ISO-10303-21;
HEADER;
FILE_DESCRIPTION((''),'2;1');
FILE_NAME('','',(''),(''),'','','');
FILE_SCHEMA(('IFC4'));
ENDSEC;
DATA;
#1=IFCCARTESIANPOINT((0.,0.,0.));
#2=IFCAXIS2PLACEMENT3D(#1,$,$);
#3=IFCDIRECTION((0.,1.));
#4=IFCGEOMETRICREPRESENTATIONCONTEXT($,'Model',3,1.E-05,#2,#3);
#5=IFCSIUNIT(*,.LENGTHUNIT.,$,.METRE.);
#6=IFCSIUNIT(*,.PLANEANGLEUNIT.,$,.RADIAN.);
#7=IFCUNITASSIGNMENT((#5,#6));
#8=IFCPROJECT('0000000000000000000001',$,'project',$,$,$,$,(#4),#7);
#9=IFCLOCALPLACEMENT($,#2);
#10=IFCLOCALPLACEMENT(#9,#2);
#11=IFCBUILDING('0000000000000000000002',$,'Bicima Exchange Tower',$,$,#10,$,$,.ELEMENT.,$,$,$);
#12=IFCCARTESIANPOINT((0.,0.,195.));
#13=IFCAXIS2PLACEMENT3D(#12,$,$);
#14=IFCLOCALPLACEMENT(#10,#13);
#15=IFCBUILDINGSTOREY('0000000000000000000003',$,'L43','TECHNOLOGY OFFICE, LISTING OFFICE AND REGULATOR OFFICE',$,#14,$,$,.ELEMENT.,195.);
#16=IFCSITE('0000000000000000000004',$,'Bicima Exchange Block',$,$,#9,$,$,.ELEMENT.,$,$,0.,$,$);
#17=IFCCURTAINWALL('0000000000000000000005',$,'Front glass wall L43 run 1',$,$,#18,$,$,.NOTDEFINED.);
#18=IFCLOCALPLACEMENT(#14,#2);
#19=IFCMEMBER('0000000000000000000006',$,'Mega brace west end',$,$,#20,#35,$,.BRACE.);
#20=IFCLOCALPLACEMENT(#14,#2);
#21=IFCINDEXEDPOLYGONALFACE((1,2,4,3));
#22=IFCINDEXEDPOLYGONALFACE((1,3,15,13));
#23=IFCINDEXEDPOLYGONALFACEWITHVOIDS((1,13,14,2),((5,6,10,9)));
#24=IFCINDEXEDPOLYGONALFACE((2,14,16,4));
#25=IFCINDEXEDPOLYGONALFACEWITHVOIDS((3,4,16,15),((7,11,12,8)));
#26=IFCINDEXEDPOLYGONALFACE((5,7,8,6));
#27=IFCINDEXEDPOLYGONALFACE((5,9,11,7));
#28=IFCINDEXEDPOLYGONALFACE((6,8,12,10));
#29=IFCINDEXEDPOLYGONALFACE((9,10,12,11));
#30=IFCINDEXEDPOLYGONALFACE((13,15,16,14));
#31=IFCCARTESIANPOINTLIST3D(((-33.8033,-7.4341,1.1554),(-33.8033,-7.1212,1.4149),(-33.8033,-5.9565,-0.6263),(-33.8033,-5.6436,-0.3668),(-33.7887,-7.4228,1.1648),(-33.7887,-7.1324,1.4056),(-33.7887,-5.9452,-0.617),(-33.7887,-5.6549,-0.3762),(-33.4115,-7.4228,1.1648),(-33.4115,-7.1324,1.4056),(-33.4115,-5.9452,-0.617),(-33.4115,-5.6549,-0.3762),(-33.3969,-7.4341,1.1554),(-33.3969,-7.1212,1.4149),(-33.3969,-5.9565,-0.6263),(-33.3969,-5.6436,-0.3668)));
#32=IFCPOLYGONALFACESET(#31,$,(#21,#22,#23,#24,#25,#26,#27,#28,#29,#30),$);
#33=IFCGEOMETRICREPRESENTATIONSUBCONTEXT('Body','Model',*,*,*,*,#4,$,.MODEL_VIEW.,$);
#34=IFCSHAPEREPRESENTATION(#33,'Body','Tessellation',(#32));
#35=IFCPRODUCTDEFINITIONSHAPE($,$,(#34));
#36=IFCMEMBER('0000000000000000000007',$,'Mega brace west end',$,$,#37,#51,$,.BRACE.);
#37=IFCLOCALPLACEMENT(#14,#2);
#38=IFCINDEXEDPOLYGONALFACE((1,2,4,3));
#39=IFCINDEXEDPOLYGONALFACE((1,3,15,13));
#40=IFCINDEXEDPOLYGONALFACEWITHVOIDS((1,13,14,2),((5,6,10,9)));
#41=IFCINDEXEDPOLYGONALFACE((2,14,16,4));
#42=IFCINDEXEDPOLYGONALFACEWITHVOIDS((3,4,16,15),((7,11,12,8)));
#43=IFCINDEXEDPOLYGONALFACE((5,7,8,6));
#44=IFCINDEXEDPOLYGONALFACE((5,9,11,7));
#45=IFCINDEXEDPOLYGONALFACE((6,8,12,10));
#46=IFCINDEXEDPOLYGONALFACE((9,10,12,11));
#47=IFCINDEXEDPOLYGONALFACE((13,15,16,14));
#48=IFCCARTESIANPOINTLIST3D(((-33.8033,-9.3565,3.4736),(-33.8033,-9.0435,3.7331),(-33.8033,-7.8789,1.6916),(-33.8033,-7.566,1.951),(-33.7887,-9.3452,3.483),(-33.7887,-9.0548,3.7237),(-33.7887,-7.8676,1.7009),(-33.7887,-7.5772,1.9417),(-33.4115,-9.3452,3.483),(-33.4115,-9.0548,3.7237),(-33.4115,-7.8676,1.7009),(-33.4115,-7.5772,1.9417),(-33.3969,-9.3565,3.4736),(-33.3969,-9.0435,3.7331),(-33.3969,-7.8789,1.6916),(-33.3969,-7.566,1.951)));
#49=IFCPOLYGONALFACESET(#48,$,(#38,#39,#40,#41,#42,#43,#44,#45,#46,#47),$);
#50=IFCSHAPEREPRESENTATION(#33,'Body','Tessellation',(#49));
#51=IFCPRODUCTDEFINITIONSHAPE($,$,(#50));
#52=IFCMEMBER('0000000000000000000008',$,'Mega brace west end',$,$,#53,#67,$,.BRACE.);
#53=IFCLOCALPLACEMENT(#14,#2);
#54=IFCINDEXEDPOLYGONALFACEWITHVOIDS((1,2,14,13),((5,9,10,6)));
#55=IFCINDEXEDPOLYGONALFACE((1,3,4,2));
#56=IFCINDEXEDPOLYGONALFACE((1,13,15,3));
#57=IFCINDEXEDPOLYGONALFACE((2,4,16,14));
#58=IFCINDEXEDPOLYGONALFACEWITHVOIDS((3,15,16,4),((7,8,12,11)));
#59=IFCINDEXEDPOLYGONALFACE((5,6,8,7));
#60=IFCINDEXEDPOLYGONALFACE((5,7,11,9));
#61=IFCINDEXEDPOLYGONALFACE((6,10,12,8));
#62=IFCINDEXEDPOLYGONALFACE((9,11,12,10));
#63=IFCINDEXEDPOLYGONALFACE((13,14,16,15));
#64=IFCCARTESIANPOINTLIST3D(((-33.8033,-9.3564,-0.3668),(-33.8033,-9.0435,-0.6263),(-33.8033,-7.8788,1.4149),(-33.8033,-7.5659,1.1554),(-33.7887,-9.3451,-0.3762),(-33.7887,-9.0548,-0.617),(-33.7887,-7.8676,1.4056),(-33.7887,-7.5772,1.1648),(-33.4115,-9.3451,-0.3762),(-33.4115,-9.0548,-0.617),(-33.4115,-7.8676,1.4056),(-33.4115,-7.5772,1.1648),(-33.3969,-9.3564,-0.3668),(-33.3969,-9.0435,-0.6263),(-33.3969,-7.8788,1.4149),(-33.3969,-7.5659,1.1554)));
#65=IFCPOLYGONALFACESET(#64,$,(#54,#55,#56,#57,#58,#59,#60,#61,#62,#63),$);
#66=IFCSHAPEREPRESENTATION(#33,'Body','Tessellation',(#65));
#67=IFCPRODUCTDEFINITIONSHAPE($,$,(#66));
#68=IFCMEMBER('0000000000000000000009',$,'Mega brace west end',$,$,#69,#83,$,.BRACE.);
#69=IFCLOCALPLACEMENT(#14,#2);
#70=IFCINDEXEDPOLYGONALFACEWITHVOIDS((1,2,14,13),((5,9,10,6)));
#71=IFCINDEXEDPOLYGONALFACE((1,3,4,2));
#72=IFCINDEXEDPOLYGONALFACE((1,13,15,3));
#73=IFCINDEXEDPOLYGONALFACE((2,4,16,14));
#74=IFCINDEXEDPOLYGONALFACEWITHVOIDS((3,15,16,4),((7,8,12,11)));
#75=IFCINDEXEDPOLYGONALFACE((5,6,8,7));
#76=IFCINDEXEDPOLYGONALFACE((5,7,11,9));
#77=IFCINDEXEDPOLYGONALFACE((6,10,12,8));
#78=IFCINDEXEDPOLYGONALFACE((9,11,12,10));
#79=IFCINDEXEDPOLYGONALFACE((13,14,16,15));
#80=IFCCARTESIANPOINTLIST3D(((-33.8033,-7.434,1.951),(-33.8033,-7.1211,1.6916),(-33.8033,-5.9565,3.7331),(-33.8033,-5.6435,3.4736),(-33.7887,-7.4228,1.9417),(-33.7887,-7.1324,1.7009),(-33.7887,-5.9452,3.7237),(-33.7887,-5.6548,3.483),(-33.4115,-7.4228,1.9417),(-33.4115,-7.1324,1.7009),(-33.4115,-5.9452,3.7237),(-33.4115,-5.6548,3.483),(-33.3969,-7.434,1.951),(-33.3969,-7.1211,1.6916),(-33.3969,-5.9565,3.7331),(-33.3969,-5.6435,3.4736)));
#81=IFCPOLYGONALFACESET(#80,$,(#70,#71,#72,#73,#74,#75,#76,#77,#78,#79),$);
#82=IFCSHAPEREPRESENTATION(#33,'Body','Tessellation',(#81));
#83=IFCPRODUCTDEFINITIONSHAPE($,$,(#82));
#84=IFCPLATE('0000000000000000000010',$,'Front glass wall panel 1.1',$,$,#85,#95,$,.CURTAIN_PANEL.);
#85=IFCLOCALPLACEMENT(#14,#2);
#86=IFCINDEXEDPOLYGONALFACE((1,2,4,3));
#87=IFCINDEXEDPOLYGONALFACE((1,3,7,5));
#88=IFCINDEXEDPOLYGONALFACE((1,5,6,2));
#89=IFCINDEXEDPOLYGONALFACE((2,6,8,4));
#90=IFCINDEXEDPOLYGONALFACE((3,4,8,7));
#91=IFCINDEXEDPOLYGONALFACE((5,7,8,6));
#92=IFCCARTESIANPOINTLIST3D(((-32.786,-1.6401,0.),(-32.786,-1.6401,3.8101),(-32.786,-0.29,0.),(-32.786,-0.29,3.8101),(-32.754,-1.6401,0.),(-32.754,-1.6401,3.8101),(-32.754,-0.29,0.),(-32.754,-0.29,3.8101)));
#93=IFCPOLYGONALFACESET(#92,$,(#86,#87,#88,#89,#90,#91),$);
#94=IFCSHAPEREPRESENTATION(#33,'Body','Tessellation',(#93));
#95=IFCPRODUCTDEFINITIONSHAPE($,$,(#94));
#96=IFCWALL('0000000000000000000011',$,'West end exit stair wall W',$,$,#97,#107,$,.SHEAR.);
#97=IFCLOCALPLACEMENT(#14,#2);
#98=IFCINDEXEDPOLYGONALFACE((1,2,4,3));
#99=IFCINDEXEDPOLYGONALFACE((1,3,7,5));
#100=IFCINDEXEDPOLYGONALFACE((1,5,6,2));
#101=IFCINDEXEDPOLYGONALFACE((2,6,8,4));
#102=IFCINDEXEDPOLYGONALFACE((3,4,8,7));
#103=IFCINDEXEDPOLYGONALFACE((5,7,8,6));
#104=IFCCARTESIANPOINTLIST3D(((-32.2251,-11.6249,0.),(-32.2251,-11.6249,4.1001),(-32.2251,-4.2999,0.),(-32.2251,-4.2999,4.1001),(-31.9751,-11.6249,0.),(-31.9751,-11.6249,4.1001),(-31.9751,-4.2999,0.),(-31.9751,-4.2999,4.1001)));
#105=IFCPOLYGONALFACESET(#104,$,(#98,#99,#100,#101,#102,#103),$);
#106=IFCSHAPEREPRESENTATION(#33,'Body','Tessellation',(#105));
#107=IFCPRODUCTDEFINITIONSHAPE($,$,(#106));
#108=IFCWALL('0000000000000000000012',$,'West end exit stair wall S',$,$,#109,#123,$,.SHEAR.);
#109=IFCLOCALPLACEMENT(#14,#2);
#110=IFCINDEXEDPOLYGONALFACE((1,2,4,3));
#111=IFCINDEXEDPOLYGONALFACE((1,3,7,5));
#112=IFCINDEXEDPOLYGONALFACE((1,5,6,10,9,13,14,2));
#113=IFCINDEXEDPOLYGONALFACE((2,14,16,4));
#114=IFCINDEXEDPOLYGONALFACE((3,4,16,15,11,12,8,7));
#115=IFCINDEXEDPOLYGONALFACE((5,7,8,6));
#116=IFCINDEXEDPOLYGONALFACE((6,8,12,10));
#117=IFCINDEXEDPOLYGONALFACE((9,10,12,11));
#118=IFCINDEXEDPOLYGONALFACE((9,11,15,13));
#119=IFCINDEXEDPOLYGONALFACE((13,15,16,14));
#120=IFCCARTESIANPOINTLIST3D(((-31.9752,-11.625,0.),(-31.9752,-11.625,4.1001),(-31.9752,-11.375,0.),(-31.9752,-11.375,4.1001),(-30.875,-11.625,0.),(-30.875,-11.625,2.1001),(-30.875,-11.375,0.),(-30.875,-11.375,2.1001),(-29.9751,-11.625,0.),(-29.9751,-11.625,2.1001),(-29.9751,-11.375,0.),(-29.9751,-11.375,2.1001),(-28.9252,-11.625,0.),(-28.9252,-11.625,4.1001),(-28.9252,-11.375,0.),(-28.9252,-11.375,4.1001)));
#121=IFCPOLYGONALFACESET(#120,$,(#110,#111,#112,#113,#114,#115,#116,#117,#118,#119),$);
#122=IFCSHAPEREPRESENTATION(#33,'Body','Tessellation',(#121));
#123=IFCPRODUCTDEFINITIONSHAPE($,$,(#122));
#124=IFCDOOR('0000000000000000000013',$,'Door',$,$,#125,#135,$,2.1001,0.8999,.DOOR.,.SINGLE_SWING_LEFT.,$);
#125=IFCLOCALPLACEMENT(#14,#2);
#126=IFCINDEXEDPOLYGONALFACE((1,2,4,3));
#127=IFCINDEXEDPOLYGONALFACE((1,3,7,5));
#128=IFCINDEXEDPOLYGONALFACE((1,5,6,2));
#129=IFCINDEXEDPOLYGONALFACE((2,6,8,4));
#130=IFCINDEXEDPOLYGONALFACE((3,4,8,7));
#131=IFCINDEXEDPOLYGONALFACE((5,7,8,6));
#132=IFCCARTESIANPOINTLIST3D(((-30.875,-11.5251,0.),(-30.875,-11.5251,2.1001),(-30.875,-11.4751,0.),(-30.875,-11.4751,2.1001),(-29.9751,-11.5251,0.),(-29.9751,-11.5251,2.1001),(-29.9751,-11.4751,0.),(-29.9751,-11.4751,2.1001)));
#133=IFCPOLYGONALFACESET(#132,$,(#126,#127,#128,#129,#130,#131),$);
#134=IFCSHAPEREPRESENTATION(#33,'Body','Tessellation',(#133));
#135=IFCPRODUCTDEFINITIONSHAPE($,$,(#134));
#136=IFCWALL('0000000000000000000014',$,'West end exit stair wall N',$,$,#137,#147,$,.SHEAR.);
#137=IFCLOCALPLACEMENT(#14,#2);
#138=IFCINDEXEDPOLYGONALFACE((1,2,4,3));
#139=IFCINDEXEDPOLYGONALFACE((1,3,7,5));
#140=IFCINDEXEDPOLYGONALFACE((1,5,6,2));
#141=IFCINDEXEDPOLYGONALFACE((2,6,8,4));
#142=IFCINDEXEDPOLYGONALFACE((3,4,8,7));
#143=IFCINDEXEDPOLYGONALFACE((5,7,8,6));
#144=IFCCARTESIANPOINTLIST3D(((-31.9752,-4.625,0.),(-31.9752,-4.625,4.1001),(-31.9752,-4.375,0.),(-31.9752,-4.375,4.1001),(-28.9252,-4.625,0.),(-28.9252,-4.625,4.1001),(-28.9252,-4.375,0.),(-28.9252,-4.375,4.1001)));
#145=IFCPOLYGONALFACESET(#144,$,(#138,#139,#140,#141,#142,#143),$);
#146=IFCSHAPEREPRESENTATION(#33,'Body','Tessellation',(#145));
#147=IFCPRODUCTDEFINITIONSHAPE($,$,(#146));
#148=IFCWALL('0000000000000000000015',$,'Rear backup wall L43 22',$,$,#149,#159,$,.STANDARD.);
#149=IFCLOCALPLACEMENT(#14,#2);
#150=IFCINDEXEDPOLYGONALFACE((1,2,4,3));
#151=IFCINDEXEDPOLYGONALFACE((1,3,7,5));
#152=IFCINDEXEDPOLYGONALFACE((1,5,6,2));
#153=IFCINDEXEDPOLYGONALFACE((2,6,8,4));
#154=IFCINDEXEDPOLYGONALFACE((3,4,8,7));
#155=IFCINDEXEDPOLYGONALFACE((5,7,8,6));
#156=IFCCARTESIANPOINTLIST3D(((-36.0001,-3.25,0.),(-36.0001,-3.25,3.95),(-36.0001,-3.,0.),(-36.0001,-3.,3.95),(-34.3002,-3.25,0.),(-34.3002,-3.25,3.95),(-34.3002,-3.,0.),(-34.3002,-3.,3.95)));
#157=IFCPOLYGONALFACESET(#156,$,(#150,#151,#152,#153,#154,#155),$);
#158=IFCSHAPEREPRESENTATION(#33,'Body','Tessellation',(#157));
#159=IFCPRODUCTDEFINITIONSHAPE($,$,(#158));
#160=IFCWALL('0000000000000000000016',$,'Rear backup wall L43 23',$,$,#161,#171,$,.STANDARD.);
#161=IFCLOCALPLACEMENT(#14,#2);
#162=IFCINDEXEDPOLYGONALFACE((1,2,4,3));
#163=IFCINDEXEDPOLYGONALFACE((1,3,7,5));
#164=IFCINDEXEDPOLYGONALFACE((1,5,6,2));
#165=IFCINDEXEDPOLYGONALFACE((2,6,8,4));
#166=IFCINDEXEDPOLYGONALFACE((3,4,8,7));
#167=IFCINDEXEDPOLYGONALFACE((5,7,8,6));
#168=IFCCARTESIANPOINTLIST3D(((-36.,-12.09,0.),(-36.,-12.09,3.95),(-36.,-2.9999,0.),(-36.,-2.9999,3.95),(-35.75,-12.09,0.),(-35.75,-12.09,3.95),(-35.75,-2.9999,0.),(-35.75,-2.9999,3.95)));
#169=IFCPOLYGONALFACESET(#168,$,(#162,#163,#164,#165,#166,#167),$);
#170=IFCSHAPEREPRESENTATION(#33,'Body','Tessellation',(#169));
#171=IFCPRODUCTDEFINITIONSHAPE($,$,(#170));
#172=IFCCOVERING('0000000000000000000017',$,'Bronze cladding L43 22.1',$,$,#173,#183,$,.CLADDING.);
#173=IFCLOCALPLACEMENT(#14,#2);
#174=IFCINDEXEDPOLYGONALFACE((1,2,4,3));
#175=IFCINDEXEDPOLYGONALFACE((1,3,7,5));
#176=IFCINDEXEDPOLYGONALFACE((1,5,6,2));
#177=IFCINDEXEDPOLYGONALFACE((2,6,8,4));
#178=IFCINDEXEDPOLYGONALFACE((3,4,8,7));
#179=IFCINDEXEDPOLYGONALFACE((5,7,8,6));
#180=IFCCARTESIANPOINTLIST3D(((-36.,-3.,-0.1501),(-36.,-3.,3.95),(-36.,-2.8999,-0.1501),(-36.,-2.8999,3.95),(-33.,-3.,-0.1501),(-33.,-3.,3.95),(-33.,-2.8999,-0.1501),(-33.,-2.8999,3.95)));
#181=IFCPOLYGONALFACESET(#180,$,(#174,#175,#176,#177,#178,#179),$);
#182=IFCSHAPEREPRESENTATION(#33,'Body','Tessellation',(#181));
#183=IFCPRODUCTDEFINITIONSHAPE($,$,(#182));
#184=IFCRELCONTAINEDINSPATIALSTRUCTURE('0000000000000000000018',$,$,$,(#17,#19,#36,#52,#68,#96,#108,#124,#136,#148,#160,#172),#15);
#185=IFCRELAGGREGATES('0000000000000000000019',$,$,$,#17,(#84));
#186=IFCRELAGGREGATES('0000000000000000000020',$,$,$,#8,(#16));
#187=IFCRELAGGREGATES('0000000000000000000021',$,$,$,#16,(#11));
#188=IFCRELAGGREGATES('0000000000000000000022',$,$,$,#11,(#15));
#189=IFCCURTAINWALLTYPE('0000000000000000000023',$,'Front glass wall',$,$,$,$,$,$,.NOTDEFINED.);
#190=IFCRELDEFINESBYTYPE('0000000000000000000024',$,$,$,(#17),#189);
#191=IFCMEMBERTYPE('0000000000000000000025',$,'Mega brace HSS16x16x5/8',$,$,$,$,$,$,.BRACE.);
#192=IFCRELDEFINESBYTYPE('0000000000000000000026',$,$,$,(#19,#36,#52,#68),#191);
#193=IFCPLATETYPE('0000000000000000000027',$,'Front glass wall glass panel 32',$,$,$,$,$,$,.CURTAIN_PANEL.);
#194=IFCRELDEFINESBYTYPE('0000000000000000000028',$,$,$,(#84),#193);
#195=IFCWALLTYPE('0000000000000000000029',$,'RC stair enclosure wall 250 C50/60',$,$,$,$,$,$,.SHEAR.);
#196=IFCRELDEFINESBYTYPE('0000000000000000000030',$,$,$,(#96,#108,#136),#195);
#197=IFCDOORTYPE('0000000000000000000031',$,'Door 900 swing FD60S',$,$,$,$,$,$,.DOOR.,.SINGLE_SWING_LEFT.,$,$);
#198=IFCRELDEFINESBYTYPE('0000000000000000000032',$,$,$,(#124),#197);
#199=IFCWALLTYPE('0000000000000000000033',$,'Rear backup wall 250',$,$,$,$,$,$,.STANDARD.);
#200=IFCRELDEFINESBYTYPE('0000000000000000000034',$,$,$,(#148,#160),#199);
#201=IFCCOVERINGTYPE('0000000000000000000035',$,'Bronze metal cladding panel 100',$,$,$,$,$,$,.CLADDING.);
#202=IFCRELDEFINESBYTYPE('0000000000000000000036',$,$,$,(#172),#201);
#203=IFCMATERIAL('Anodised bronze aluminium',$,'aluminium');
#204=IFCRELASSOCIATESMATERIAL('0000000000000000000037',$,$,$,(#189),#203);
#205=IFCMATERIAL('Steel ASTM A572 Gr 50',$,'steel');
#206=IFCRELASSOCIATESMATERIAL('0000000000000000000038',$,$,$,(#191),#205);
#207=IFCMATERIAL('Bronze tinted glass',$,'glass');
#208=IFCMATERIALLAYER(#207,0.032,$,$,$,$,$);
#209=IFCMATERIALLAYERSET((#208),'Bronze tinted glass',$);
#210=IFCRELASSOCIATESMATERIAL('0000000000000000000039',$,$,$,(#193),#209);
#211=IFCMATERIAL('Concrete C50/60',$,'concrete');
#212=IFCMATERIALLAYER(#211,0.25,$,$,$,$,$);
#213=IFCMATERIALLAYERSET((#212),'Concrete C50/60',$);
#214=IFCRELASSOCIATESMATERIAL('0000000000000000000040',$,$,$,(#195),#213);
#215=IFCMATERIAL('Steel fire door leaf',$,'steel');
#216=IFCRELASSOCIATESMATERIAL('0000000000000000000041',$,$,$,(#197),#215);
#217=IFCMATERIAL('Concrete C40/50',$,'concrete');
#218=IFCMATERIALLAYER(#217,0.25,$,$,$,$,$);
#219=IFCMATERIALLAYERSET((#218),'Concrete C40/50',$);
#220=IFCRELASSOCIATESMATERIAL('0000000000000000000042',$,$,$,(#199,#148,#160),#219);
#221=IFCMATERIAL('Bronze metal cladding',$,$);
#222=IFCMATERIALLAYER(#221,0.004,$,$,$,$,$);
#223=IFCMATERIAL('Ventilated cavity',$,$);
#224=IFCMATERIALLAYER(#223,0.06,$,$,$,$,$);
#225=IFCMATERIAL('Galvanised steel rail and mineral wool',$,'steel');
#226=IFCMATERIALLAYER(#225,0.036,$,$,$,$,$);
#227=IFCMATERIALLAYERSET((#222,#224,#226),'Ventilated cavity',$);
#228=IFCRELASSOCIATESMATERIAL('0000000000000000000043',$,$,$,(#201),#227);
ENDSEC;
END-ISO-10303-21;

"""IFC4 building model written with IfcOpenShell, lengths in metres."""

from ifc_helpers import new_model, si_unit, direction, frame, frame_2d, origin, origin_2d, place, context, subcontext, project, spatial, rectangle, hollow_rectangle, extrude, material, layer, layer_set, layer_usage, material_profile, profile_set, type_object, element, fill, aggregate, save


model = new_model("IFC4")

# Units and contexts
model_context = context("Model", 3, precision=1e-05, world=origin(), true_north=direction((0.0, 1.0)))
body_context = subcontext(model_context, "Body", "Model", "MODEL_VIEW")
ifc_project = project(units=[si_unit("LENGTHUNIT", "METRE"), si_unit("PLANEANGLEUNIT", "RADIAN")], contexts=[model_context])

# Site, building, storey
site_placement = place(None, origin())
site = spatial("IfcSite", under=ifc_project, at=site_placement, Name="Bicima Exchange Block", CompositionType="ELEMENT", RefElevation=0.0)
building_placement = place(site_placement, origin())
building = spatial("IfcBuilding", under=site, at=building_placement, Name="Bicima Exchange Tower", CompositionType="ELEMENT")
storey_placement = place(building_placement, frame((0.0, 0.0, 195.0)))
storey = spatial("IfcBuildingStorey", under=building, at=storey_placement, Name="L43", Description="TECHNOLOGY OFFICE, LISTING OFFICE AND REGULATOR OFFICE", CompositionType="ELEMENT", Elevation=195.0)

# Shared definitions
ifc_material_1 = material(Name="Steel ASTM A572 Gr 50", Category="steel")

# Shared definitions
ifc_material_2 = material(Name="Anodised bronze aluminium", Category="aluminium")

# Curtain wall
curtain_wall_type_1 = type_object("IfcCurtainWallType", Name="Front glass wall", PredefinedType="NOTDEFINED", material=ifc_material_2)
curtain_wall_1_placement = place(storey_placement, origin())
curtain_wall_1 = element("IfcCurtainWall", 1, at=curtain_wall_1_placement, inside=storey, type_object=curtain_wall_type_1, Name="Front glass wall L43 run 1", PredefinedType="NOTDEFINED")

# Members
ifc_material_profile_1 = material_profile(ifc_material_1, hollow_rectangle(XDim=0.4065, YDim=0.4065, WallThickness=0.0146, at=origin_2d()))
ifc_profile_set_1 = profile_set([ifc_material_profile_1], Name="Steel ASTM A572 Gr 50")
member_type_1 = type_object("IfcMemberType", Name="Mega brace HSS16x16x5/8", PredefinedType="BRACE", material=ifc_profile_set_1)
member_1_placement = place(storey_placement, frame((-33.6001, -5.8, -0.4966), z_axis=(0.0, -0.638336, 0.769758), x_axis=(1.0, 0.0, 0.0)))
element("IfcMember", 2, at=member_1_placement, inside=storey, type_object=member_type_1, Name="Mega brace west end", PredefinedType="BRACE", context=body_context, shape_type="SweptSolid", body=[
    extrude(hollow_rectangle(XDim=0.4065, YDim=0.4065, WallThickness=0.0146, at=origin_2d()), origin(), (0.0, 0.0, 1.0), 2.3147),
])
member_2_placement = place(storey_placement, frame((-33.6001, -7.7224, 1.8213), z_axis=(0.0, -0.638284, 0.769801), x_axis=(1.0, 0.0, 0.0)))
element("IfcMember", 3, at=member_2_placement, inside=storey, type_object=member_type_1, Name="Mega brace west end", PredefinedType="BRACE", context=body_context, shape_type="SweptSolid", body=[
    extrude(hollow_rectangle(XDim=0.4065, YDim=0.4065, WallThickness=0.0146, at=origin_2d()), origin(), (0.0, 0.0, 1.0), 2.3149),
])
member_3_placement = place(storey_placement, frame((-33.6001, -9.2, -0.4966), z_axis=(0.0, 0.638336, 0.769758), x_axis=(-1.0, 0.0, 0.0)))
element("IfcMember", 4, at=member_3_placement, inside=storey, type_object=member_type_1, Name="Mega brace west end", PredefinedType="BRACE", context=body_context, shape_type="SweptSolid", body=[
    extrude(hollow_rectangle(XDim=0.4065, YDim=0.4065, WallThickness=0.0146, at=origin_2d()), origin(), (0.0, 0.0, 1.0), 2.3147),
])
member_4_placement = place(storey_placement, frame((-33.6001, -7.2776, 1.8213), z_axis=(0.0, 0.638284, 0.769801), x_axis=(-1.0, 0.0, 0.0)))
element("IfcMember", 5, at=member_4_placement, inside=storey, type_object=member_type_1, Name="Mega brace west end", PredefinedType="BRACE", context=body_context, shape_type="SweptSolid", body=[
    extrude(hollow_rectangle(XDim=0.4065, YDim=0.4065, WallThickness=0.0146, at=origin_2d()), origin(), (0.0, 0.0, 1.0), 2.3149),
])

# Plate
ifc_material_3 = material(Name="Bronze tinted glass", Category="glass")
ifc_layer_1 = layer(ifc_material_3, 0.032)
ifc_layer_set_1 = layer_set([ifc_layer_1], Name="Bronze tinted glass")
plate_type = type_object("IfcPlateType", Name="Front glass wall glass panel 32", PredefinedType="CURTAIN_PANEL", material=ifc_layer_set_1)
plate_placement = place(storey_placement, frame((-32.77, -0.9651, 0.0), z_axis=(0.0, 0.0, 1.0), x_axis=(0.0, -1.0, 0.0)))
plate = element("IfcPlate", 6, at=plate_placement, type_object=plate_type, Name="Front glass wall panel 1.1", PredefinedType="CURTAIN_PANEL", context=body_context, shape_type="SweptSolid", body=[
    extrude(rectangle(XDim=1.3501, YDim=0.032, at=origin_2d()), origin(), (0.0, 0.0, 1.0), 3.8101),
])
aggregate(curtain_wall_1, [plate])

# Wall
ifc_material_4 = material(Name="Concrete C50/60", Category="concrete")
ifc_layer_2 = layer(ifc_material_4, 0.25)
ifc_layer_set_2 = layer_set([ifc_layer_2], Name="Concrete C50/60")
wall_type_1 = type_object("IfcWallType", Name="RC stair enclosure wall 250 C50/60", PredefinedType="SHEAR", material=ifc_layer_set_2)
wall_1_placement = place(storey_placement, frame((-32.1001, -11.625, 0.0), z_axis=(0.0, 0.0, 1.0), x_axis=(0.0, 1.0, 0.0)))
element("IfcWall", 7, at=wall_1_placement, inside=storey, type_object=wall_type_1, Name="West end exit stair wall W", PredefinedType="SHEAR", context=body_context, shape_type="SweptSolid", body=[
    extrude(rectangle(XDim=7.325, YDim=0.25, at=frame_2d((3.6626, 0.0))), origin(), (0.0, 0.0, 1.0), 4.1001),
])

# Wall, opening, door
wall_2_placement = place(storey_placement, frame((-31.9751, -11.5, 0.0), z_axis=(0.0, 0.0, 1.0), x_axis=(1.0, 0.0, 0.0)))
wall_2 = element("IfcWall", 8, at=wall_2_placement, inside=storey, type_object=wall_type_1, Name="West end exit stair wall S", PredefinedType="SHEAR", context=body_context, shape_type="SweptSolid", body=[
    extrude(rectangle(XDim=3.05, YDim=0.25, at=frame_2d((1.5249, 0.0))), origin(), (0.0, 0.0, 1.0), 4.1001),
])
opening_placement = place(wall_2_placement, frame((1.1001, 0.0, 0.0)))
opening = element("IfcOpeningElement", 9, at=opening_placement, cuts=wall_2, PredefinedType="OPENING", context=body_context, shape_type="SweptSolid", body=[
    extrude(rectangle(XDim=0.8999, YDim=2.1001, at=frame_2d((0.45, 1.05))), frame((0.0, 0.137, 0.0), z_axis=(0.0, -1.0, 0.0), x_axis=(1.0, 0.0, 0.0)), (0.0, 0.0, 1.0), 0.2739),
])
ifc_material_5 = material(Name="Steel fire door leaf", Category="steel")
door_type = type_object("IfcDoorType", Name="Door 900 swing FD60S", OperationType="SINGLE_SWING_LEFT", PredefinedType="DOOR", material=ifc_material_5)
door_placement = place(opening_placement, origin())
door = element("IfcDoor", 10, at=door_placement, inside=storey, type_object=door_type, Name="Door", OperationType="SINGLE_SWING_LEFT", OverallHeight=2.1001, OverallWidth=0.8999, PredefinedType="DOOR", context=body_context, shape_type="SweptSolid", body=[
    extrude(rectangle(XDim=0.8999, YDim=2.1001, at=frame_2d((0.45, 1.05))), frame((0.0, 0.0249, 0.0), z_axis=(0.0, -1.0, 0.0), x_axis=(1.0, 0.0, 0.0)), (0.0, 0.0, 1.0), 0.05),
])
fill(opening, door)

# Walls
wall_3_placement = place(storey_placement, frame((-31.9751, -4.5, 0.0), z_axis=(0.0, 0.0, 1.0), x_axis=(1.0, 0.0, 0.0)))
element("IfcWall", 11, at=wall_3_placement, inside=storey, type_object=wall_type_1, Name="West end exit stair wall N", PredefinedType="SHEAR", context=body_context, shape_type="SweptSolid", body=[
    extrude(rectangle(XDim=3.05, YDim=0.25, at=frame_2d((1.5249, 0.0))), origin(), (0.0, 0.0, 1.0), 4.1001),
])
ifc_material_6 = material(Name="Concrete C40/50", Category="concrete")
ifc_layer_3 = layer(ifc_material_6, 0.25)
ifc_layer_set_3 = layer_set([ifc_layer_3], Name="Concrete C40/50")
ifc_layer_usage = layer_usage(ifc_layer_set_3, "AXIS2", "POSITIVE", -0.125)
wall_type_2 = type_object("IfcWallType", Name="Rear backup wall 250", PredefinedType="STANDARD", material=ifc_layer_set_3)
wall_4_placement = place(storey_placement, frame((-34.3, -3.125, 0.0), z_axis=(0.0, 0.0, 1.0), x_axis=(-1.0, 0.0, 0.0)))
element("IfcWall", 12, at=wall_4_placement, inside=storey, type_object=wall_type_2, material=ifc_layer_usage, Name="Rear backup wall L43 22", PredefinedType="STANDARD", context=body_context, shape_type="SweptSolid", body=[
    extrude(rectangle(XDim=1.7, YDim=0.25, at=frame_2d((0.8501, 0.0))), origin(), (0.0, 0.0, 1.0), 3.95),
])
wall_5_placement = place(storey_placement, frame((-35.875, -3.0, 0.0), z_axis=(0.0, 0.0, 1.0), x_axis=(0.0, -1.0, 0.0)))
element("IfcWall", 13, at=wall_5_placement, inside=storey, type_object=wall_type_2, material=ifc_layer_usage, Name="Rear backup wall L43 23", PredefinedType="STANDARD", context=body_context, shape_type="SweptSolid", body=[
    extrude(rectangle(XDim=9.0901, YDim=0.25, at=frame_2d((4.5449, 0.0))), origin(), (0.0, 0.0, 1.0), 3.95),
])

# Covering
ifc_material_7 = material(Name="Bronze metal cladding")
ifc_layer_4 = layer(ifc_material_7, 0.004)
ifc_material_8 = material(Name="Ventilated cavity")
ifc_layer_5 = layer(ifc_material_8, 0.06)
ifc_material_9 = material(Name="Galvanised steel rail and mineral wool", Category="steel")
ifc_layer_6 = layer(ifc_material_9, 0.036)
ifc_layer_set_4 = layer_set([ifc_layer_4, ifc_layer_5, ifc_layer_6], Name="Ventilated cavity")
covering_type = type_object("IfcCoveringType", Name="Bronze metal cladding panel 100", PredefinedType="CLADDING", material=ifc_layer_set_4)
covering_1_placement = place(storey_placement, frame((-34.5, -2.95, -0.1501), z_axis=(0.0, 0.0, 1.0), x_axis=(-1.0, 0.0, 0.0)))
element("IfcCovering", 14, at=covering_1_placement, inside=storey, type_object=covering_type, Name="Bronze cladding L43 22.1", PredefinedType="CLADDING", context=body_context, shape_type="SweptSolid", body=[
    extrude(rectangle(XDim=3.0, YDim=0.1001, at=origin_2d()), origin(), (0.0, 0.0, 1.0), 4.1001),
])

save(model, "model.ifc")
